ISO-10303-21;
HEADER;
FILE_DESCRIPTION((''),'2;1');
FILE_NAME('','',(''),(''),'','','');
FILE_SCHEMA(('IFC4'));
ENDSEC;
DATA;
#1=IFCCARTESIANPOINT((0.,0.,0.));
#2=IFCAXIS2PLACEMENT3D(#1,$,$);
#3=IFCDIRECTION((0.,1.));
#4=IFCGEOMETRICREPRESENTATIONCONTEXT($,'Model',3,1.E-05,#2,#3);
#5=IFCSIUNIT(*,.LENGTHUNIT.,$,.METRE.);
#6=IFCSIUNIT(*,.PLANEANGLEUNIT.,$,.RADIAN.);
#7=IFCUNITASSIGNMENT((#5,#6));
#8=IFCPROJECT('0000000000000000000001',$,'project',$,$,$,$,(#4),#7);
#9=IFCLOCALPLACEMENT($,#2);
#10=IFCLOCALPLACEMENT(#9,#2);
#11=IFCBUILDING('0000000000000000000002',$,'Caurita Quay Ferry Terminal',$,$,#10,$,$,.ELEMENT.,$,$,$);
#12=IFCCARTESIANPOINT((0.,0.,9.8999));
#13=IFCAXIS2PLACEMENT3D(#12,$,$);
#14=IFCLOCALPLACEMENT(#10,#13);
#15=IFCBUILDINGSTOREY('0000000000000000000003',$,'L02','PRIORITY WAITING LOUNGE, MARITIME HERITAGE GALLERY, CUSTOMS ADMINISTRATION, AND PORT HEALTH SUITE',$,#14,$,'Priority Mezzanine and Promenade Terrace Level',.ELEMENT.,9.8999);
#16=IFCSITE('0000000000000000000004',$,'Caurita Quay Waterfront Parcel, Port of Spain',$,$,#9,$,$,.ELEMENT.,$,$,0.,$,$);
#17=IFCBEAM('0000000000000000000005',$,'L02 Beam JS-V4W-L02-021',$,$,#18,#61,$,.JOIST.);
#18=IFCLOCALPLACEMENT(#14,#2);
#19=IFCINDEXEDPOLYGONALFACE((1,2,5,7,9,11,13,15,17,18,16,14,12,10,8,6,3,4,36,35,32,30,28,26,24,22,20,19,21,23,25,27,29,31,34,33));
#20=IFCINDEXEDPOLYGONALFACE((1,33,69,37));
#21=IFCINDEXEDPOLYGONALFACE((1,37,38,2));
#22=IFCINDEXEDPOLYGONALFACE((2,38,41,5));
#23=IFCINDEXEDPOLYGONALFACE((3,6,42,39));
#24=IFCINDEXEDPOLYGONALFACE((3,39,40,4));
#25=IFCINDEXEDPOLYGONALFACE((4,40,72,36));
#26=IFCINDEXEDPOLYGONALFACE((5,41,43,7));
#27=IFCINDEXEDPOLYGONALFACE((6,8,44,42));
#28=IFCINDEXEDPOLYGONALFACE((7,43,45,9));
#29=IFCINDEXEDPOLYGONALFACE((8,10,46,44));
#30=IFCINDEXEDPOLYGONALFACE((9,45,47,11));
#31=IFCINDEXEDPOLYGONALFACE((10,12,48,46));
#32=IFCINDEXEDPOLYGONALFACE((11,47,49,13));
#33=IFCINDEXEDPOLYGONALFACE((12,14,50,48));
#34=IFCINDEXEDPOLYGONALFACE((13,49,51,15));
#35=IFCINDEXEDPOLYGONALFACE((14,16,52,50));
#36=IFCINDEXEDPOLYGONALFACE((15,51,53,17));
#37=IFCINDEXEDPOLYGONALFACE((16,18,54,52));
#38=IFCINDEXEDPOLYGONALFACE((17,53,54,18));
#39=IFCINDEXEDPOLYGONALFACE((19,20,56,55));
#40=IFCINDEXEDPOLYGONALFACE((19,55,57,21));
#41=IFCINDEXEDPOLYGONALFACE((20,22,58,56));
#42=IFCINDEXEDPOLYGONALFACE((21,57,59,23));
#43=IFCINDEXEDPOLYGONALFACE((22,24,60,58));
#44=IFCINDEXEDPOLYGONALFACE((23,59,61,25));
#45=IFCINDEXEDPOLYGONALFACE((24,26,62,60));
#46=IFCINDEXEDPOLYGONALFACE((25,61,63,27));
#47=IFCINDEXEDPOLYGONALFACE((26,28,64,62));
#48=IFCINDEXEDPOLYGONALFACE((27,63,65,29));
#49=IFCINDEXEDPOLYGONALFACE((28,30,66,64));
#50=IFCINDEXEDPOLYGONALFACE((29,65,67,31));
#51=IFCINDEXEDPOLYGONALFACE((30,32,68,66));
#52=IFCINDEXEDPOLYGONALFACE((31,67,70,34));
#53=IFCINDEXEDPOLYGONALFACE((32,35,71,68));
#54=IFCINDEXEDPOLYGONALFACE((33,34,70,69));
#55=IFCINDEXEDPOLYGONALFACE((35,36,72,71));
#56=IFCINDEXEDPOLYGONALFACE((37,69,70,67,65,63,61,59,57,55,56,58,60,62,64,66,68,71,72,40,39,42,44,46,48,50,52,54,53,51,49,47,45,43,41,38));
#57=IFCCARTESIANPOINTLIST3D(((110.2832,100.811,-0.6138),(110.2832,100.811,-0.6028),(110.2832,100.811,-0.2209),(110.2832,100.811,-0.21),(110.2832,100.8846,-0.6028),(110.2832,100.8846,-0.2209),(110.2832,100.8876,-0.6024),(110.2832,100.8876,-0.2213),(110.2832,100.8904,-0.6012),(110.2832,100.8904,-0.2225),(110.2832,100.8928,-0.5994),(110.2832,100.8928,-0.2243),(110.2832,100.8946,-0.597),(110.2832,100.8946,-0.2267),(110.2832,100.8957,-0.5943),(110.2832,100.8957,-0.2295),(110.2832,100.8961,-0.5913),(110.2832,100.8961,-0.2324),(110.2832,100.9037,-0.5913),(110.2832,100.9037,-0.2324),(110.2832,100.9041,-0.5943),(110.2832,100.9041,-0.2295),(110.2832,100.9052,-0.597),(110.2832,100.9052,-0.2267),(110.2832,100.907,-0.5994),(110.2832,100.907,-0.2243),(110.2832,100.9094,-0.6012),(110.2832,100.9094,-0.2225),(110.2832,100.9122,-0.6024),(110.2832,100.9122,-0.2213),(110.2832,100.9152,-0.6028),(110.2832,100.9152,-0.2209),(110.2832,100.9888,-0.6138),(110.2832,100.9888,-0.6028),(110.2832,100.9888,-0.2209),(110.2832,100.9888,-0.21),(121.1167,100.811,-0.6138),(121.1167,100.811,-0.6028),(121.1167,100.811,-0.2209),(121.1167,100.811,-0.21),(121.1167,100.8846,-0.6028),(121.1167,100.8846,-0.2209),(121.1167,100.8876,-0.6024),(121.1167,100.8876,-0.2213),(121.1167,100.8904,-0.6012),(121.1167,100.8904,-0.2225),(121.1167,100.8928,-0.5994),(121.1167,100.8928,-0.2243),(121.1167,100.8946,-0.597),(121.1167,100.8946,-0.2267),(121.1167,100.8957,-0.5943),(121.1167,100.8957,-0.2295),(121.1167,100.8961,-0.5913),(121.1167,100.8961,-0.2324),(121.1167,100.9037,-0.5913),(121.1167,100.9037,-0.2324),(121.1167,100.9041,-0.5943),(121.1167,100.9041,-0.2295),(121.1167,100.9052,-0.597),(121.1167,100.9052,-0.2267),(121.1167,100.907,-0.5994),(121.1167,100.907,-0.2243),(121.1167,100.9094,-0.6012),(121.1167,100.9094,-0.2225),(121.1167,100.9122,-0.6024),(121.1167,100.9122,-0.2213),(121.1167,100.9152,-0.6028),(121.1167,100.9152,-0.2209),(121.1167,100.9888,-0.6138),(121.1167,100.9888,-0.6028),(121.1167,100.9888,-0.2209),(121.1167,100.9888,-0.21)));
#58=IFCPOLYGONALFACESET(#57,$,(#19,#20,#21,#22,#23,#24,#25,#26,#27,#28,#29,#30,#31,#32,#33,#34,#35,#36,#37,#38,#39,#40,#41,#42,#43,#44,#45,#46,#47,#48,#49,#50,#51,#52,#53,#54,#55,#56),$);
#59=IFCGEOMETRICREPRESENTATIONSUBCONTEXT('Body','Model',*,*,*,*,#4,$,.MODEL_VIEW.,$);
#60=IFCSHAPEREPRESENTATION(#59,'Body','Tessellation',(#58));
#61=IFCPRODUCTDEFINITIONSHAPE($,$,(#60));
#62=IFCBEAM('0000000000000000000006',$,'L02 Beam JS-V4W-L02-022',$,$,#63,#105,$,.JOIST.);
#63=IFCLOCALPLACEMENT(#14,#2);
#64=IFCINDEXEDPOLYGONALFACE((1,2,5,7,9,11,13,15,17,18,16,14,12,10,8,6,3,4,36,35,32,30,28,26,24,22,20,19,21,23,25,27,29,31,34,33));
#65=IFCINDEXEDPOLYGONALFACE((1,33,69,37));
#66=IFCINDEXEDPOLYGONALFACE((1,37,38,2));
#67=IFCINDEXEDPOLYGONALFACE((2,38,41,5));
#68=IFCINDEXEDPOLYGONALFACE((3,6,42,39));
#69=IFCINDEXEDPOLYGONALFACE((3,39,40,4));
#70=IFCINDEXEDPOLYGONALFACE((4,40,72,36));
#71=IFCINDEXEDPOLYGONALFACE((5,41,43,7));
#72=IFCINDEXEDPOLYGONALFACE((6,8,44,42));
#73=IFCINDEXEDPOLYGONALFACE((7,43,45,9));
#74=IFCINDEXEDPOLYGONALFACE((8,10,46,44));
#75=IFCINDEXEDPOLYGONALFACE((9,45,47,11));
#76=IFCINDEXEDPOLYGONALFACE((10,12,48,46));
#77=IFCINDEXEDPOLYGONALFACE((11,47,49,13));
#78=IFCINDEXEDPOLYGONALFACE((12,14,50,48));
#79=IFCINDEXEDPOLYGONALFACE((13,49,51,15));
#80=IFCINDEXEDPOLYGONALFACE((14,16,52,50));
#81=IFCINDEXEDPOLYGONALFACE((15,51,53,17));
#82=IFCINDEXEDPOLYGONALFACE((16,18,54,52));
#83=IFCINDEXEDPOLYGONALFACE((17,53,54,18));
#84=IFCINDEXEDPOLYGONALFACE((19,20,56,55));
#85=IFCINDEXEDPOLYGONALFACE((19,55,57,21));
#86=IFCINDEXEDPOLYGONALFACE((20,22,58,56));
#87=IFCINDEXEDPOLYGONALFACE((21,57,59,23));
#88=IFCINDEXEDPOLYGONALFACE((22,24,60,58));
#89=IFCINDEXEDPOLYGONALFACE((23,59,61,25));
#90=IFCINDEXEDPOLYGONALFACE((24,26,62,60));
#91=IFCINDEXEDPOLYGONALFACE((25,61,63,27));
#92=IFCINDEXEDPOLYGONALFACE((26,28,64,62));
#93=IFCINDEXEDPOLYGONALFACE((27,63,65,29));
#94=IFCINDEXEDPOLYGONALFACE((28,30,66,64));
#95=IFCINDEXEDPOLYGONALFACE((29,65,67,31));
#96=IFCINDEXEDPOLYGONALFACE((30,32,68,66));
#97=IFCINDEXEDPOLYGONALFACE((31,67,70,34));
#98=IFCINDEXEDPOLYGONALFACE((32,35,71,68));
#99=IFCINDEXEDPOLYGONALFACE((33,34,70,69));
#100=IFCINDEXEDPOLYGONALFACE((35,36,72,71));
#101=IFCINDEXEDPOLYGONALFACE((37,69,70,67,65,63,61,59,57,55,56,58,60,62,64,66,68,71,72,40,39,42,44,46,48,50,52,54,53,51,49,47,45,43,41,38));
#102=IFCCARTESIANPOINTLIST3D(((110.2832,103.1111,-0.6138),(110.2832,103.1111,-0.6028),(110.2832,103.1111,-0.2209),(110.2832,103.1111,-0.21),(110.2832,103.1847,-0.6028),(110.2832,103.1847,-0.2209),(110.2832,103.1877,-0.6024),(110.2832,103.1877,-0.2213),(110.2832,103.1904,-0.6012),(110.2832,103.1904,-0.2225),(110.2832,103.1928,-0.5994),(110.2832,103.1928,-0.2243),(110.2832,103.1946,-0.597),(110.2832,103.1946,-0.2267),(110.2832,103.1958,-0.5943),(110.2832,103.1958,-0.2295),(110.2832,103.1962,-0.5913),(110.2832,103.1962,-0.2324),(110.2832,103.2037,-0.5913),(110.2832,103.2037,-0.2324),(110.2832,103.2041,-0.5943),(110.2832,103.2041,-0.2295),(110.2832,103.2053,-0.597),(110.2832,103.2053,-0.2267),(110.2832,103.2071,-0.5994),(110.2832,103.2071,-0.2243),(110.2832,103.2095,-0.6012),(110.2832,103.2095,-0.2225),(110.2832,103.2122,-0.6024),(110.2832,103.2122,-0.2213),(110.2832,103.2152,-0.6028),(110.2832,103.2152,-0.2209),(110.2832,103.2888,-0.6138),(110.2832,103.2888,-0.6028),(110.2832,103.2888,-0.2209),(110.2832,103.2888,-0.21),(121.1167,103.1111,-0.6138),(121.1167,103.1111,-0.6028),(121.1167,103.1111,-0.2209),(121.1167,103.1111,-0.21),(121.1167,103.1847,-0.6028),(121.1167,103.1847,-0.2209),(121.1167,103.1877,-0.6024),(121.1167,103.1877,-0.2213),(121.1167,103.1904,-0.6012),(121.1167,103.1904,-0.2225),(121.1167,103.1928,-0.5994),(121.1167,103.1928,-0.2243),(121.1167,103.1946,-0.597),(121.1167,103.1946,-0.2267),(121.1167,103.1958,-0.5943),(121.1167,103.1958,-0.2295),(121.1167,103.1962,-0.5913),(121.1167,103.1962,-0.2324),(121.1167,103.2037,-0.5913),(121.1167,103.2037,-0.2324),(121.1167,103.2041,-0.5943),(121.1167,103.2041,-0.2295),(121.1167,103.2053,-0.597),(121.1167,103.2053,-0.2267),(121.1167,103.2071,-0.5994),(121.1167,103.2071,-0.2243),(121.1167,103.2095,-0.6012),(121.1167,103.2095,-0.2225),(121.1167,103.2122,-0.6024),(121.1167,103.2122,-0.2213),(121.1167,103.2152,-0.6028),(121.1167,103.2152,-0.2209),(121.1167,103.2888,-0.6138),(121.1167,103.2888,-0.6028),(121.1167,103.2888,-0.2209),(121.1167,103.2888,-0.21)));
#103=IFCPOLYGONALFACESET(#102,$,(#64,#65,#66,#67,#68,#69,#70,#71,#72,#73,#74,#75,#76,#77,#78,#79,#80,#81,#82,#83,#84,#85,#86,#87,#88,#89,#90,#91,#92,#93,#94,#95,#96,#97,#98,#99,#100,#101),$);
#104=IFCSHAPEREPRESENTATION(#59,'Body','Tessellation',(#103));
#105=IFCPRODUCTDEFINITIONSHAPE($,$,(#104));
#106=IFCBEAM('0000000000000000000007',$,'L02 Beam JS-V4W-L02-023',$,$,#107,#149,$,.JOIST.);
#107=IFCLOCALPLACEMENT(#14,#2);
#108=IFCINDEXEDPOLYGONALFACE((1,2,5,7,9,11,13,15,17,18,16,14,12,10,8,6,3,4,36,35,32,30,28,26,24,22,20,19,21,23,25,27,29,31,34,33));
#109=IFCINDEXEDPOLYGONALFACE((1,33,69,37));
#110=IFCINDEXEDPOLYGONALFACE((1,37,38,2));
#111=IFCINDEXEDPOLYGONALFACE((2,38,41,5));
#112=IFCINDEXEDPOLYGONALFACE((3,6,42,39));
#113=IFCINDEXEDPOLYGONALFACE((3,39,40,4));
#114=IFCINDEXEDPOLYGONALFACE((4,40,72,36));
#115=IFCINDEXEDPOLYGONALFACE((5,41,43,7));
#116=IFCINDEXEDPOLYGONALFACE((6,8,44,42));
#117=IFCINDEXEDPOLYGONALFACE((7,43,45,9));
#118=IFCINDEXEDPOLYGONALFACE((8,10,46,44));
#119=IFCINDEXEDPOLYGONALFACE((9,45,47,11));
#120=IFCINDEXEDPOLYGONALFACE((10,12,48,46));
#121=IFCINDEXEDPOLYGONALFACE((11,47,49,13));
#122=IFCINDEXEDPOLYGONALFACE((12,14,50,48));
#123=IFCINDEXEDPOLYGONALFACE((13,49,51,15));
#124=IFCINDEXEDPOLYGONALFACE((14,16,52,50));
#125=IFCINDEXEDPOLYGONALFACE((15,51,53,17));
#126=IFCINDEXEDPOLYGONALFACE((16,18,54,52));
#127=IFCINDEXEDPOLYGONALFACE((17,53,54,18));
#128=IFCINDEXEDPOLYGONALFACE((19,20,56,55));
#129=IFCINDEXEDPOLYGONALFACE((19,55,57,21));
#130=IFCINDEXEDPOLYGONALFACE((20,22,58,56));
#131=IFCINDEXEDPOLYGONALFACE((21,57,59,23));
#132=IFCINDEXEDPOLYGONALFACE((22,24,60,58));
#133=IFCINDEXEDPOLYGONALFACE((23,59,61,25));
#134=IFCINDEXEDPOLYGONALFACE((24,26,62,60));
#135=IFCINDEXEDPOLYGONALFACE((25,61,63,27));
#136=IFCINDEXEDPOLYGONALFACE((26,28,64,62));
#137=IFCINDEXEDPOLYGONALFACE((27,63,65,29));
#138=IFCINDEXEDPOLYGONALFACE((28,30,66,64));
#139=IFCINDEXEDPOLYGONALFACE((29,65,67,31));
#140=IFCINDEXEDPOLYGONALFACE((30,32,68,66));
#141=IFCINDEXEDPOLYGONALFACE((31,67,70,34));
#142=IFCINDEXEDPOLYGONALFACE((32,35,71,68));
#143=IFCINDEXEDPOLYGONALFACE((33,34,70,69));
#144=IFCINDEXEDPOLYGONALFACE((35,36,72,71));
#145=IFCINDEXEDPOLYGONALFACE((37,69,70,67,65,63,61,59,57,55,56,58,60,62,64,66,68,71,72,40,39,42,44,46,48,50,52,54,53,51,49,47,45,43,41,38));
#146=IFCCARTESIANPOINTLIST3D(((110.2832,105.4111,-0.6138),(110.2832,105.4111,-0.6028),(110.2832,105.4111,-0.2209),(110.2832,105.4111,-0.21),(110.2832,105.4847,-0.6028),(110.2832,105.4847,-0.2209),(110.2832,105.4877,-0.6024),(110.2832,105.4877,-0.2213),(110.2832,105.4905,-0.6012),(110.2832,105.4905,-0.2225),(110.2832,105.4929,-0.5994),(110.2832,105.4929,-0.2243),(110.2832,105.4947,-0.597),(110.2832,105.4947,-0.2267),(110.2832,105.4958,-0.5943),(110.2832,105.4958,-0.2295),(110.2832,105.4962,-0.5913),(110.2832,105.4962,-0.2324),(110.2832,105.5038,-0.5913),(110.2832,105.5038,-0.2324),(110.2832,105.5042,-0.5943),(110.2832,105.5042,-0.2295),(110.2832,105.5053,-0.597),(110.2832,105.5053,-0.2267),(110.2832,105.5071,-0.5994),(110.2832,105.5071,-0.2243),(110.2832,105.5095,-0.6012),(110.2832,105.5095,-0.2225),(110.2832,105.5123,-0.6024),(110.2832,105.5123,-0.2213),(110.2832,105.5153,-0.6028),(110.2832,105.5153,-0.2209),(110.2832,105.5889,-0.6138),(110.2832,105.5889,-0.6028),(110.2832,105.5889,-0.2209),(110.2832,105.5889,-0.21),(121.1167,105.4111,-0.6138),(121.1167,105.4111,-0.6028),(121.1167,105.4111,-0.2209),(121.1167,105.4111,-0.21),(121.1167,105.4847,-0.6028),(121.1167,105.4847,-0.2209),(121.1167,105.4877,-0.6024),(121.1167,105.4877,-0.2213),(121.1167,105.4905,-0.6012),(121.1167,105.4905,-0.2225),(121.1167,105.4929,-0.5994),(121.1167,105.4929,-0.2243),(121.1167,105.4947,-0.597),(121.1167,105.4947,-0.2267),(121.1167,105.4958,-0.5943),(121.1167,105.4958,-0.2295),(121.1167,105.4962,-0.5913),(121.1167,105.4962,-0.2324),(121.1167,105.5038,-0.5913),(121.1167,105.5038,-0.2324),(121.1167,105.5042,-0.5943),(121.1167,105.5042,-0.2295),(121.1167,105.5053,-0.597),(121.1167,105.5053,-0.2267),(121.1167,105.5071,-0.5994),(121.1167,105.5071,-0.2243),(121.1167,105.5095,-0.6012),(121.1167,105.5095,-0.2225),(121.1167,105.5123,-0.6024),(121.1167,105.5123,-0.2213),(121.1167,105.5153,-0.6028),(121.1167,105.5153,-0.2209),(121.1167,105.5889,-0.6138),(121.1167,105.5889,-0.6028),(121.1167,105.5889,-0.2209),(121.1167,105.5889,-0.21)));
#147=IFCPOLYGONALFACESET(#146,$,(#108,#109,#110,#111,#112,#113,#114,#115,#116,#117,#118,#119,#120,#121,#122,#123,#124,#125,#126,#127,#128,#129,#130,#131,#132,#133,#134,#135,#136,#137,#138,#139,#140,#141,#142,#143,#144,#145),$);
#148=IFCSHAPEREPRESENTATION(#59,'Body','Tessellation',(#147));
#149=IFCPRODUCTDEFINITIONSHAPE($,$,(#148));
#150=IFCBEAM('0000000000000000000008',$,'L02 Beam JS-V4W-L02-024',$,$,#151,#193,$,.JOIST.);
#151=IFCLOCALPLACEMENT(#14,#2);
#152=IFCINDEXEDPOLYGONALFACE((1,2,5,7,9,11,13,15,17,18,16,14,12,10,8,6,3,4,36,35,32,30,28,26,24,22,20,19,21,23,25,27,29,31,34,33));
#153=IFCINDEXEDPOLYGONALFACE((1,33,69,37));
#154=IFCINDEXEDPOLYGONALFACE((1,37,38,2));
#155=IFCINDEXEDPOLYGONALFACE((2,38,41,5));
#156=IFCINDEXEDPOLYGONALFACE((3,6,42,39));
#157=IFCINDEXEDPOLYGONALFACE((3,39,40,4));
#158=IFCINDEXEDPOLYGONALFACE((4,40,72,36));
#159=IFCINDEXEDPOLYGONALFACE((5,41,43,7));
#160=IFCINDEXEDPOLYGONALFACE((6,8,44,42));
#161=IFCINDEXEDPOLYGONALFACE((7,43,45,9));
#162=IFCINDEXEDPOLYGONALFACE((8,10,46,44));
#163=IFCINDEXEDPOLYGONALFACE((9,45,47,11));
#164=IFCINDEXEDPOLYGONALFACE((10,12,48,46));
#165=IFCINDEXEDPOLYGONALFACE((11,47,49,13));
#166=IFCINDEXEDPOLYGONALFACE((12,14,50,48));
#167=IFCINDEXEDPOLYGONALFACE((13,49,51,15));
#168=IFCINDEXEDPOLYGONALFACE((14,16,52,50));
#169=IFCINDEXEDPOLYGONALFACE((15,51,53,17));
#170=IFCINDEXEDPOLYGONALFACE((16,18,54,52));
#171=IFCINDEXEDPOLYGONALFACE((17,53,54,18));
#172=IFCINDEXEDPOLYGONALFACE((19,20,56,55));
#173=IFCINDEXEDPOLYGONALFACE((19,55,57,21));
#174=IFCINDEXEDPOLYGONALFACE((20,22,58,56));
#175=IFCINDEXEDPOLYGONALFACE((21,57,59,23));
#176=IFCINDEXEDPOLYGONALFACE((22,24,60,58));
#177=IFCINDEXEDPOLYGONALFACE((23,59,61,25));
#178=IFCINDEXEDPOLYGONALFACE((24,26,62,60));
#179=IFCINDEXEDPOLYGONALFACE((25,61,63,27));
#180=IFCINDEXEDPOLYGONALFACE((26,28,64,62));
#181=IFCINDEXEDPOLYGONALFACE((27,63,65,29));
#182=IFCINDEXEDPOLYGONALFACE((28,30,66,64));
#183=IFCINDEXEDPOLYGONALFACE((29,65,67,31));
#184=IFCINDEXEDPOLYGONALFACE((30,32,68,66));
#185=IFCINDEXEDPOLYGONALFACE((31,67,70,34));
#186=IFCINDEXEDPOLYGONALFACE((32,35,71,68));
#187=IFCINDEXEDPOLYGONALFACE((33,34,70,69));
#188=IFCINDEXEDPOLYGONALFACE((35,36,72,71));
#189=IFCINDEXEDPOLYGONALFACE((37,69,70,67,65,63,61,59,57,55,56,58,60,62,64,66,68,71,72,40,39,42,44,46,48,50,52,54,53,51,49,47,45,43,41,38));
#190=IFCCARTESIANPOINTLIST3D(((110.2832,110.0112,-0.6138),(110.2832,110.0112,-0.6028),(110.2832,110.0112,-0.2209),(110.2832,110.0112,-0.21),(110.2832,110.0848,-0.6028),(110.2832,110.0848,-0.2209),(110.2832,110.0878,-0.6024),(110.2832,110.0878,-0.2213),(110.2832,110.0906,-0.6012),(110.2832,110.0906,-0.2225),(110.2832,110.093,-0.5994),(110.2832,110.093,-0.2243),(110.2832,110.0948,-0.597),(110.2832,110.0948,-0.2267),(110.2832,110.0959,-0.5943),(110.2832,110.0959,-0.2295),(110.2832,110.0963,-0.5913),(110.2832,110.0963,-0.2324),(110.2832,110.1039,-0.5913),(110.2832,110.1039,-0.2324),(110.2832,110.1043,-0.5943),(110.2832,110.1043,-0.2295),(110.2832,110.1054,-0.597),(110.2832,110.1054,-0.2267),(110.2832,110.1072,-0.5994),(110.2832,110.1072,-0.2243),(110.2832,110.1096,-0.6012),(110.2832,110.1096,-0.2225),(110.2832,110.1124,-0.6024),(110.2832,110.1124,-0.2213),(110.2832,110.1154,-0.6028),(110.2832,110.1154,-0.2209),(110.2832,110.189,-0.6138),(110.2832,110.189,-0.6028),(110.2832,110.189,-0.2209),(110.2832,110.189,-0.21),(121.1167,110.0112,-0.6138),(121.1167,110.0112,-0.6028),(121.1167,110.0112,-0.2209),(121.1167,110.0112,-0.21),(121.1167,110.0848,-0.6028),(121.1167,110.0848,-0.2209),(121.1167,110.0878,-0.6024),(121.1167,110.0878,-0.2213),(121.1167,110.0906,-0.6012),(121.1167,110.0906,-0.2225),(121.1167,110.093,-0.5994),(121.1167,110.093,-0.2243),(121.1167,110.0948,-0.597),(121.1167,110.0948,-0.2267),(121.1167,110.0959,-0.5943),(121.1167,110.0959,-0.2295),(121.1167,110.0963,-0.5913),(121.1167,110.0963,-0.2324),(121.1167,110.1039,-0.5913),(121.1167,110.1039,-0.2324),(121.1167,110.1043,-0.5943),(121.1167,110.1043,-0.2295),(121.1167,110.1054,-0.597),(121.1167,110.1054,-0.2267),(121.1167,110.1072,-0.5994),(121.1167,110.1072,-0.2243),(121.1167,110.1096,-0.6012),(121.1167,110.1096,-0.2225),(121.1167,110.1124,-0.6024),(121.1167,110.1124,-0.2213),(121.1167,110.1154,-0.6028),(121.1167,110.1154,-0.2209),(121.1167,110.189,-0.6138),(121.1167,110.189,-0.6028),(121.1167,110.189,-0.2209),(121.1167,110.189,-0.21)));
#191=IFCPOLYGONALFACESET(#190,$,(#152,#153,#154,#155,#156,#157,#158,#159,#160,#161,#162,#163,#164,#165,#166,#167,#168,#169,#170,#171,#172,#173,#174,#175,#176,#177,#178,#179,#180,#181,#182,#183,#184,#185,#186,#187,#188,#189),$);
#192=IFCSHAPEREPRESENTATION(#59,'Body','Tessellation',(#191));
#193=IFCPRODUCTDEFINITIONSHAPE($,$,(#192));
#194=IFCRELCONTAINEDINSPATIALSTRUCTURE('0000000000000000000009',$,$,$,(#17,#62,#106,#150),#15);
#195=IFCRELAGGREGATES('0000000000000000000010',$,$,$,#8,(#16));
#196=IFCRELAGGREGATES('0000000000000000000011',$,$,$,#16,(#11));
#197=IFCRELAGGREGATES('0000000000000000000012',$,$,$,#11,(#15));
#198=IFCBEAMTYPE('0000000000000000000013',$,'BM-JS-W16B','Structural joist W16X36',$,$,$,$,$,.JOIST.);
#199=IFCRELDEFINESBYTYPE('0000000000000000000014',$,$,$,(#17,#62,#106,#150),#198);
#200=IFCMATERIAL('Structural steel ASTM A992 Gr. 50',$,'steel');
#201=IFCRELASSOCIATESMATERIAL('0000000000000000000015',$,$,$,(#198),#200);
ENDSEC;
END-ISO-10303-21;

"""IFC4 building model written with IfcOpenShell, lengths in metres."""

from ifc_helpers import new_model, si_unit, direction, frame, origin, origin_2d, place, context, subcontext, project, spatial, i_section, extrude, material, material_profile, profile_set, type_object, element, save


model = new_model("IFC4")

# Units and contexts
model_context = context("Model", 3, precision=1e-05, world=origin(), true_north=direction((0.0, 1.0)))
body_context = subcontext(model_context, "Body", "Model", "MODEL_VIEW")
ifc_project = project(units=[si_unit("LENGTHUNIT", "METRE"), si_unit("PLANEANGLEUNIT", "RADIAN")], contexts=[model_context])

# Site, building, storey
site_placement = place(None, origin())
site = spatial("IfcSite", under=ifc_project, at=site_placement, Name="Caurita Quay Waterfront Parcel, Port of Spain", CompositionType="ELEMENT", RefElevation=0.0)
building_placement = place(site_placement, origin())
building = spatial("IfcBuilding", under=site, at=building_placement, Name="Caurita Quay Ferry Terminal", CompositionType="ELEMENT")
storey_placement = place(building_placement, frame((0.0, 0.0, 9.8999)))
storey = spatial("IfcBuildingStorey", under=building, at=storey_placement, Name="L02", Description="PRIORITY WAITING LOUNGE, MARITIME HERITAGE GALLERY, CUSTOMS ADMINISTRATION, AND PORT HEALTH SUITE", LongName="Priority Mezzanine and Promenade Terrace Level", CompositionType="ELEMENT", Elevation=9.8999)

# Beams
ifc_material_1 = material(Name="Structural steel ASTM A992 Gr. 50", Category="steel")
ifc_material_profile_1 = material_profile(ifc_material_1, i_section(OverallWidth=0.1777, OverallDepth=0.4038, WebThickness=0.0076, FlangeThickness=0.011, FilletRadius=0.0115, at=origin_2d()), Name="W16X36")
ifc_profile_set_1 = profile_set([ifc_material_profile_1], Name="Structural steel ASTM A992 Gr. 50")
beam_type_1 = type_object("IfcBeamType", Name="BM-JS-W16B", Description="Structural joist W16X36", PredefinedType="JOIST", material=ifc_profile_set_1)
for number, where, z_axis, x_axis, name in (
    (1, (110.2832, 100.8999, -0.4119), (1.0, 0.0, 0.0), (0.0, 1.0, 0.0), "L02 Beam JS-V4W-L02-021"),
    (2, (110.2832, 103.2, -0.4119), (1.0, 0.0, 0.0), (0.0, 1.0, 0.0), "L02 Beam JS-V4W-L02-022"),
    (3, (110.2832, 105.5, -0.4119), (1.0, 0.0, 0.0), (0.0, 1.0, 0.0), "L02 Beam JS-V4W-L02-023"),
    (4, (110.2832, 110.1001, -0.4119), (1.0, 0.0, 0.0), (0.0, 1.0, 0.0), "L02 Beam JS-V4W-L02-024"),
):
    element("IfcBeam", number, at=place(storey_placement, frame(where, z_axis=z_axis, x_axis=x_axis)), inside=storey, type_object=beam_type_1, Name=name, PredefinedType="JOIST", context=body_context, shape_type="SweptSolid", body=[
        extrude(i_section(OverallWidth=0.1777, OverallDepth=0.4038, WebThickness=0.0076, FlangeThickness=0.011, FilletRadius=0.0115, at=origin_2d()), origin(), (0.0, 0.0, 1.0), 10.8335),
    ])

save(model, "model.ifc")
